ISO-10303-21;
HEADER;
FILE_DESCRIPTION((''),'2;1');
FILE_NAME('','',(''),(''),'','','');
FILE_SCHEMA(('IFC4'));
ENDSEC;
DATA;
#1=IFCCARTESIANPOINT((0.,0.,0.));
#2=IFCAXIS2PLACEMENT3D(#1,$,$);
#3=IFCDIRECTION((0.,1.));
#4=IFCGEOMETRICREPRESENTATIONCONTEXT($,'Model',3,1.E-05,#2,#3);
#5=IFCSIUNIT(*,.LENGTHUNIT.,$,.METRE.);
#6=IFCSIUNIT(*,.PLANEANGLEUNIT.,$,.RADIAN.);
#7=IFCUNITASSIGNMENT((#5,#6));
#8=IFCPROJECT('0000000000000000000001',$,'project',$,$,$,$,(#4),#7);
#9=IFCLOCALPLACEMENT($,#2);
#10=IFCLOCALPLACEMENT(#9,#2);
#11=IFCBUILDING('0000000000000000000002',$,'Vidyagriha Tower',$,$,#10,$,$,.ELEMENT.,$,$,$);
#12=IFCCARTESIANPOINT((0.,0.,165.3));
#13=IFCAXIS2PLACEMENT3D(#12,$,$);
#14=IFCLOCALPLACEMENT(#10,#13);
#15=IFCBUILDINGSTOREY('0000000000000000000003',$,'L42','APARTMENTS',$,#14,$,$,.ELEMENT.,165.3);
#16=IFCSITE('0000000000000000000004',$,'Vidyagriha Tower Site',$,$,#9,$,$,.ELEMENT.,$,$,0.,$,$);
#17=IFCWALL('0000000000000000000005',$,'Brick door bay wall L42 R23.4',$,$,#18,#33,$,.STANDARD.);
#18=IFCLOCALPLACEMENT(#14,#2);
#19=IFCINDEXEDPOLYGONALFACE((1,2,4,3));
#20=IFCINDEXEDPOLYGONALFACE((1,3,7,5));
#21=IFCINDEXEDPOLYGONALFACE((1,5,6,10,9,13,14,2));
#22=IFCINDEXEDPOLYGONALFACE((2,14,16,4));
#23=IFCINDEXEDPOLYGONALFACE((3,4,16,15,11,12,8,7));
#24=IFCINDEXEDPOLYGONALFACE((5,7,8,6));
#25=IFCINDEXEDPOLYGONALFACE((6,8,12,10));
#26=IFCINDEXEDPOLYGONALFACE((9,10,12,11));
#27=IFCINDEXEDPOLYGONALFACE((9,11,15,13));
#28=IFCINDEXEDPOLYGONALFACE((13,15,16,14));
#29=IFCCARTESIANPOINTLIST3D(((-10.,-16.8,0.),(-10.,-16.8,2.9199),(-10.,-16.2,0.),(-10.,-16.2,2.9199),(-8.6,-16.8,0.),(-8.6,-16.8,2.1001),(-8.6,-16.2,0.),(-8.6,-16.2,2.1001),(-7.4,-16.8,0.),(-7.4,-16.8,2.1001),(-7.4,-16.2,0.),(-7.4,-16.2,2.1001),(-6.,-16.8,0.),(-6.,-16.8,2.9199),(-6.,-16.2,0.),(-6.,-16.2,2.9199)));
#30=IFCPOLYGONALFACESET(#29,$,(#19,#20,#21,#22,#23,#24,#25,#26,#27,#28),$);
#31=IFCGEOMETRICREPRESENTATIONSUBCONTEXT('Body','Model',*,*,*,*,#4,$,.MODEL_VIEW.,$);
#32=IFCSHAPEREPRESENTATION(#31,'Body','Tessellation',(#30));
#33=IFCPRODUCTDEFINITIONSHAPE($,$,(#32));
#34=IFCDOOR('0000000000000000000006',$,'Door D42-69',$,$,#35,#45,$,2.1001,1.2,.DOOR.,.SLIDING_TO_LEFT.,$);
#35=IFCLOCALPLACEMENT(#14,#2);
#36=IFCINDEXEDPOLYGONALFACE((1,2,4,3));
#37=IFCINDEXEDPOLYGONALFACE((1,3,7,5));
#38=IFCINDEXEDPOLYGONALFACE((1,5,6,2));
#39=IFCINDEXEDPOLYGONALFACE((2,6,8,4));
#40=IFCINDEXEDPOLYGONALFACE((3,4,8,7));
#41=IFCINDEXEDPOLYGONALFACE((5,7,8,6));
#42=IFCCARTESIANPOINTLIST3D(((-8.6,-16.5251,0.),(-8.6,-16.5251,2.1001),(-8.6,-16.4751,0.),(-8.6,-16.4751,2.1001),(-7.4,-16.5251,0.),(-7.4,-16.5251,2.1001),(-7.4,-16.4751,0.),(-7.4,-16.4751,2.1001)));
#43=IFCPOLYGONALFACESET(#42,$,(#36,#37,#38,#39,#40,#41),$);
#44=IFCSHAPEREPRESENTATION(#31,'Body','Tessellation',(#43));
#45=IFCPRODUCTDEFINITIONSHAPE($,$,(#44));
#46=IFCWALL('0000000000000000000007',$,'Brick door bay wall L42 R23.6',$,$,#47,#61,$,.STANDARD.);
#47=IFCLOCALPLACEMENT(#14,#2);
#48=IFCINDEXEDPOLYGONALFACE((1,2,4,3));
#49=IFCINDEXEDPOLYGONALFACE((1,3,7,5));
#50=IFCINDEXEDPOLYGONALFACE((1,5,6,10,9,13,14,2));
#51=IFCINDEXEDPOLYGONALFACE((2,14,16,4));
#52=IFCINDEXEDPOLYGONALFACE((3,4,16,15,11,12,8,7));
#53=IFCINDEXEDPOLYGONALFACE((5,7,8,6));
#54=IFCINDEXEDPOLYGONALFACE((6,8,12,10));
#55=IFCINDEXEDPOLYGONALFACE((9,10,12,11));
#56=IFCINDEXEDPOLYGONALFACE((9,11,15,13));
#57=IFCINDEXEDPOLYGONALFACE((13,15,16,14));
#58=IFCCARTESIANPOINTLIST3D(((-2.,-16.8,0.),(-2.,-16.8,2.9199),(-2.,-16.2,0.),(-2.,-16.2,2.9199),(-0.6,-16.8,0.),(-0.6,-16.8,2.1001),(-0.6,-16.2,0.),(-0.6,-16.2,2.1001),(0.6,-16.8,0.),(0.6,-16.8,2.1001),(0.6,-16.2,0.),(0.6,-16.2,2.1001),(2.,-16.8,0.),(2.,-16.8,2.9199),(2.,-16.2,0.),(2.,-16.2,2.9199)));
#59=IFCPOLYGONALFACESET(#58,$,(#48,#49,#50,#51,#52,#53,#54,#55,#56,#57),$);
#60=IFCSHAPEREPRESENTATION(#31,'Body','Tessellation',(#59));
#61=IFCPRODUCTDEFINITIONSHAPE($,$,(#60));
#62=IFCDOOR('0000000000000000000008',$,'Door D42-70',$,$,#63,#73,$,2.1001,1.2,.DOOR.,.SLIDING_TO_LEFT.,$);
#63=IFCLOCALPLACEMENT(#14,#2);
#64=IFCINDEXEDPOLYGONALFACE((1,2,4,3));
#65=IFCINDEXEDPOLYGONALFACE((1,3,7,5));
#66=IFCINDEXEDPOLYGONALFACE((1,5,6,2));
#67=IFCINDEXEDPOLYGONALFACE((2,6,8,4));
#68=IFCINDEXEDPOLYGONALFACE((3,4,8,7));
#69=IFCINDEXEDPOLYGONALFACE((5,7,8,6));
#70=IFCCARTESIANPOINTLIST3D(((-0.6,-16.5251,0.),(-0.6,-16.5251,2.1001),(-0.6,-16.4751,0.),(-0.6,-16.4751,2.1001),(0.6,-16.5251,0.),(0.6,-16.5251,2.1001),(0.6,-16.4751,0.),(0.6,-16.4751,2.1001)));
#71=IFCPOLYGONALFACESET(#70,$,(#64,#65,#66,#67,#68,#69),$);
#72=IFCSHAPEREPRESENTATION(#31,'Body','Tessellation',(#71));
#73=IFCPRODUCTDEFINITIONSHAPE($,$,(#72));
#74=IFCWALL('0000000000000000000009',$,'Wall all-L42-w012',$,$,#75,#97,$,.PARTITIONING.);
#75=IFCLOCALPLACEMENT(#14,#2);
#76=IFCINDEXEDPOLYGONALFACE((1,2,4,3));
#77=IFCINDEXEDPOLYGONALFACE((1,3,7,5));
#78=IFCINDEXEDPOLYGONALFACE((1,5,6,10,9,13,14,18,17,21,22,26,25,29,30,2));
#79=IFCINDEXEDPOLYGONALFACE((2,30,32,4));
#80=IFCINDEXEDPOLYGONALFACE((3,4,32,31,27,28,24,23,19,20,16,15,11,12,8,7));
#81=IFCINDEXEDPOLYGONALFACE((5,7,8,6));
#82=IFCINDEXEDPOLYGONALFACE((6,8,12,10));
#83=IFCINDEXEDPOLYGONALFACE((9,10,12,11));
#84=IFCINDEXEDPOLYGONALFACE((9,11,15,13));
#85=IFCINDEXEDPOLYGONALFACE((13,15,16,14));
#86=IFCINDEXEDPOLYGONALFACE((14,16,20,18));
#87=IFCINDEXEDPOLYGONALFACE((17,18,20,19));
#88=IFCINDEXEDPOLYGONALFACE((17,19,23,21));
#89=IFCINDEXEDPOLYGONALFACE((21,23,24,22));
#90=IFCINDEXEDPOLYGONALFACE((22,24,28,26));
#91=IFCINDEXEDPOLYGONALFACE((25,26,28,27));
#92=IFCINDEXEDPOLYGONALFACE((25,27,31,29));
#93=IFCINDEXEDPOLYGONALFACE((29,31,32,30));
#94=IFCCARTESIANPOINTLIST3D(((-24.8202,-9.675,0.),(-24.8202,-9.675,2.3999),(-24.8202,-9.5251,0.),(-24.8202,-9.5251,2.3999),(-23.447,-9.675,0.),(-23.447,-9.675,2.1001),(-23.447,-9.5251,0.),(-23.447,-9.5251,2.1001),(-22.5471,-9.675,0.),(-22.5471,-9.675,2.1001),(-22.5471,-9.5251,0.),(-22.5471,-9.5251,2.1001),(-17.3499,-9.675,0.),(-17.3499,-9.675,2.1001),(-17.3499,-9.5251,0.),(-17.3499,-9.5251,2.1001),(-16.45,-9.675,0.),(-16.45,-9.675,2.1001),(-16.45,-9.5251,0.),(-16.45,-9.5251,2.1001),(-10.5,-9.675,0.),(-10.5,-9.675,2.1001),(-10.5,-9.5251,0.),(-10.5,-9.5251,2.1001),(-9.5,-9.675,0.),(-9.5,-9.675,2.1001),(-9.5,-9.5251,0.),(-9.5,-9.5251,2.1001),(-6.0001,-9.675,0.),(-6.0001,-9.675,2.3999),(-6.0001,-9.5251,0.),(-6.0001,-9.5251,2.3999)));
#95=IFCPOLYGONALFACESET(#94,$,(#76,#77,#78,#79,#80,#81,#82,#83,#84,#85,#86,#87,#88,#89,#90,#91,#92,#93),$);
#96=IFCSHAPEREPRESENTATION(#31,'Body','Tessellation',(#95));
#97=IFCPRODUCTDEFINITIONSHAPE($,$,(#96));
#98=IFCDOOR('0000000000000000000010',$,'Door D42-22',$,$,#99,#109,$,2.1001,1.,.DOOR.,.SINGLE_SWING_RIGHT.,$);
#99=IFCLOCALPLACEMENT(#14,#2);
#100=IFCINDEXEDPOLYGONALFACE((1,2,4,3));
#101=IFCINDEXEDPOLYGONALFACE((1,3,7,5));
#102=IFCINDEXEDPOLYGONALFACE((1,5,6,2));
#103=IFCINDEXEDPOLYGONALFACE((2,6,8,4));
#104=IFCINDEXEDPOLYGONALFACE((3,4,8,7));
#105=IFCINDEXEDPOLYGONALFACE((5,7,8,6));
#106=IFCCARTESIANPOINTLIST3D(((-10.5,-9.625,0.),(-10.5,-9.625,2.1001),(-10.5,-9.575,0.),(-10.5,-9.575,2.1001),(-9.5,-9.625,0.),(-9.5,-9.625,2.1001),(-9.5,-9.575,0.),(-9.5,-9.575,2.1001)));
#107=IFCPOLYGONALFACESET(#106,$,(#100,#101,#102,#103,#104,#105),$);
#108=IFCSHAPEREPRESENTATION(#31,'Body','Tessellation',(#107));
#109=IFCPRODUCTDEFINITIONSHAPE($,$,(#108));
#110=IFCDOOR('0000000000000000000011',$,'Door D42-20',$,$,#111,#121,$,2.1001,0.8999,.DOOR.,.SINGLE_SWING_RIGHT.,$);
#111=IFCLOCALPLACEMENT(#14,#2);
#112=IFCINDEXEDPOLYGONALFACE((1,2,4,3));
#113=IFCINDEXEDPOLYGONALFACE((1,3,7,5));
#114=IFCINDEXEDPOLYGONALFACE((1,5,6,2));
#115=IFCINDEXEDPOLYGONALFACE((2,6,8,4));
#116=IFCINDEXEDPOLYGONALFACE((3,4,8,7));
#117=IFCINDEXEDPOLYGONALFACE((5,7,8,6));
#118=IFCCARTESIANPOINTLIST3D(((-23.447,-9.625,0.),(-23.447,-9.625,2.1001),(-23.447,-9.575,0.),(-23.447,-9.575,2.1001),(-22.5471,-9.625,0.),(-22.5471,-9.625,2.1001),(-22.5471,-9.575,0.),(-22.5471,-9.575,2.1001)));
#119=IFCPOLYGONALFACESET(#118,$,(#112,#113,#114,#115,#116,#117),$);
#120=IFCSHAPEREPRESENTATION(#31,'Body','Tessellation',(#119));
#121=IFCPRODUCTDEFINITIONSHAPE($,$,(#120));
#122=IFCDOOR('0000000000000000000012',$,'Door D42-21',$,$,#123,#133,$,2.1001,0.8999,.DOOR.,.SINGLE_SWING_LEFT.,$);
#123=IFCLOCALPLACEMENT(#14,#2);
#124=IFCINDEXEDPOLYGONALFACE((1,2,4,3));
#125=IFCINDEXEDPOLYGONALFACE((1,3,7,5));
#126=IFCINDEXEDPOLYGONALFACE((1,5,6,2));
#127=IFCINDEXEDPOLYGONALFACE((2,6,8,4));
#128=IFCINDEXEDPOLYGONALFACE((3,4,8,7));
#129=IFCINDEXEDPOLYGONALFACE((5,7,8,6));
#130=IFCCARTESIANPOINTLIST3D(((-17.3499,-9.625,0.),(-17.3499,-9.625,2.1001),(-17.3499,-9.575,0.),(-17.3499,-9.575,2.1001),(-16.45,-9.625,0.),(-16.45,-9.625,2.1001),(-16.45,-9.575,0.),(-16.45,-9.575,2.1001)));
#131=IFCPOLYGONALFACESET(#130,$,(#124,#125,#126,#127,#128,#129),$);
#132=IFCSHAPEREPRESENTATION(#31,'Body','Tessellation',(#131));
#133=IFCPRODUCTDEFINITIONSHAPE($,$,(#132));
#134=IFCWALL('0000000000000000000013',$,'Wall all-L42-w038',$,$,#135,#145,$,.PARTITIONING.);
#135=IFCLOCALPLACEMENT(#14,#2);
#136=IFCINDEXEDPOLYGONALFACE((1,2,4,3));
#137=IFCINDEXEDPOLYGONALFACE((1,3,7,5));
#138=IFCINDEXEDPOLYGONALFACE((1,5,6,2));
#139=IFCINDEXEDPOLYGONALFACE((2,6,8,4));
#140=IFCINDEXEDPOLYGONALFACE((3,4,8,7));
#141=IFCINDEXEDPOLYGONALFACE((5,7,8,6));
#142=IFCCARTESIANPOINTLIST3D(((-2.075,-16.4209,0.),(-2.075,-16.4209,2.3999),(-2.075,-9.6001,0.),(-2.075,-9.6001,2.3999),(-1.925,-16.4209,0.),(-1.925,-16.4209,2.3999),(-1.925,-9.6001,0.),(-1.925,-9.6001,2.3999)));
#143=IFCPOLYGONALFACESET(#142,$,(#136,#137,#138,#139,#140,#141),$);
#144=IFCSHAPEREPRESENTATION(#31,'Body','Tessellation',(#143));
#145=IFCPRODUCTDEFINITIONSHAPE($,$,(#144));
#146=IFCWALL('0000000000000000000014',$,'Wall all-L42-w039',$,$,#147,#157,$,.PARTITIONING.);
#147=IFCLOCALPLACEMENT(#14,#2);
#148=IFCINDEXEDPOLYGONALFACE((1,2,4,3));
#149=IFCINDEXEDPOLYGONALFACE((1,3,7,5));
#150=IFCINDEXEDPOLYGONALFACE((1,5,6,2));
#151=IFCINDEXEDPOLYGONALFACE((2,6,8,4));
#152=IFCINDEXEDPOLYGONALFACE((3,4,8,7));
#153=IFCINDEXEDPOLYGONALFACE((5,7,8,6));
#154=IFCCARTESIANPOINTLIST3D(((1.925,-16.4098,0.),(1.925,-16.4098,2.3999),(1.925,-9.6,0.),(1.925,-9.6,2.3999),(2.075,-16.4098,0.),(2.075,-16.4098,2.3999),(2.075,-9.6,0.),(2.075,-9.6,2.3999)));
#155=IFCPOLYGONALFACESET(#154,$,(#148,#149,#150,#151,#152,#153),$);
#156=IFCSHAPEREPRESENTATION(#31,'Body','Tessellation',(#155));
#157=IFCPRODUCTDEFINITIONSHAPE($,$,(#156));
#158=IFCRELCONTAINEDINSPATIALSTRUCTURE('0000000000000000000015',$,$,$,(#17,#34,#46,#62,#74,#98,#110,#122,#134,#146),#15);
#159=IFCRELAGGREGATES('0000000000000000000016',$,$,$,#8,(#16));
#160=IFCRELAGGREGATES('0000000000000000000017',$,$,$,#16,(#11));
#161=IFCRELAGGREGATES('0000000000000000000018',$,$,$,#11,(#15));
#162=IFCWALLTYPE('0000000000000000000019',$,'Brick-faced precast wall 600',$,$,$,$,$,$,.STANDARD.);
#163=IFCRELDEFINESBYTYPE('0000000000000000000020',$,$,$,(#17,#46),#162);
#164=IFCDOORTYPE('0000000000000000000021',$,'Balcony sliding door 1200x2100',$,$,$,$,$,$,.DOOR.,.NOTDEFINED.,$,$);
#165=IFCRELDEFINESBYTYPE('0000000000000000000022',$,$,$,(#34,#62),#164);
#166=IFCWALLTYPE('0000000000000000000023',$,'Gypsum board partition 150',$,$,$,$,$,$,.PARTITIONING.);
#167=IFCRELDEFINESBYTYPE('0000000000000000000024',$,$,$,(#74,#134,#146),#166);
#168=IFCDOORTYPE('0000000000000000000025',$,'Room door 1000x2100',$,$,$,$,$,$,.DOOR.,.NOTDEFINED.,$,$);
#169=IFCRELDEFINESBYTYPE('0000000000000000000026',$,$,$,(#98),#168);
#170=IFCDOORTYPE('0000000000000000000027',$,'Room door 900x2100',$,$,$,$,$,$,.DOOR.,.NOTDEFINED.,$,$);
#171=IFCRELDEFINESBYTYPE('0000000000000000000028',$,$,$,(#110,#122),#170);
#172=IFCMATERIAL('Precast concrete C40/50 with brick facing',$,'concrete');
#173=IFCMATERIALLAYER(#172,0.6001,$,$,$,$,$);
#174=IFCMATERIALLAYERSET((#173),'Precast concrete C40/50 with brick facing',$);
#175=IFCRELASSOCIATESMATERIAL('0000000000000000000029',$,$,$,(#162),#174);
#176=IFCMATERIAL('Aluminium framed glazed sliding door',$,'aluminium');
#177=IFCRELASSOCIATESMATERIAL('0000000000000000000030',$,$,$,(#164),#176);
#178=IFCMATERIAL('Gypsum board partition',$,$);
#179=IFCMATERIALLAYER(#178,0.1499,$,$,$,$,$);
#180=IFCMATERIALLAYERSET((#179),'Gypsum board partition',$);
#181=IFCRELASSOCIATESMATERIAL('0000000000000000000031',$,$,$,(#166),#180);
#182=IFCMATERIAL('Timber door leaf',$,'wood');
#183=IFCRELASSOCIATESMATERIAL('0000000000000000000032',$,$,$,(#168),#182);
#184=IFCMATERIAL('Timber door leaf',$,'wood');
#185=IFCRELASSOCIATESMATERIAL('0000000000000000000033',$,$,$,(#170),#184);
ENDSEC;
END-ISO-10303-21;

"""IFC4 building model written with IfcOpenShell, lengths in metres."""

from ifc_helpers import new_model, si_unit, direction, frame, frame_2d, origin, place, context, subcontext, project, spatial, rectangle, extrude, material, layer, layer_set, type_object, element, fill, save


model = new_model("IFC4")

# Units and contexts
model_context = context("Model", 3, precision=1e-05, world=origin(), true_north=direction((0.0, 1.0)))
body_context = subcontext(model_context, "Body", "Model", "MODEL_VIEW")
ifc_project = project(units=[si_unit("LENGTHUNIT", "METRE"), si_unit("PLANEANGLEUNIT", "RADIAN")], contexts=[model_context])

# Site, building, storey
site_placement = place(None, origin())
site = spatial("IfcSite", under=ifc_project, at=site_placement, Name="Vidyagriha Tower Site", CompositionType="ELEMENT", RefElevation=0.0)
building_placement = place(site_placement, origin())
building = spatial("IfcBuilding", under=site, at=building_placement, Name="Vidyagriha Tower", CompositionType="ELEMENT")
storey_placement = place(building_placement, frame((0.0, 0.0, 165.3)))
storey = spatial("IfcBuildingStorey", under=building, at=storey_placement, Name="L42", Description="APARTMENTS", CompositionType="ELEMENT", Elevation=165.3)

# Walls, openings, doors
ifc_material_1 = material(Name="Precast concrete C40/50 with brick facing", Category="concrete")
ifc_layer_1 = layer(ifc_material_1, 0.6001)
ifc_layer_set_1 = layer_set([ifc_layer_1], Name="Precast concrete C40/50 with brick facing")
wall_type_1 = type_object("IfcWallType", Name="Brick-faced precast wall 600", PredefinedType="STANDARD", material=ifc_layer_set_1)
wall_1_placement = place(storey_placement, frame((-10.0, -16.5, 0.0)))
wall_1 = element("IfcWall", 1, at=wall_1_placement, inside=storey, type_object=wall_type_1, Name="Brick door bay wall L42 R23.4", PredefinedType="STANDARD", context=body_context, shape_type="SweptSolid", body=[
    extrude(rectangle(XDim=4.0, YDim=0.6001, at=frame_2d((2.0, 0.0))), origin(), (0.0, 0.0, 1.0), 2.9199),
])
opening_1_placement = place(wall_1_placement, frame((1.3999, 0.0, 0.0)))
opening_1 = element("IfcOpeningElement", 2, at=opening_1_placement, cuts=wall_1, PredefinedType="OPENING", context=body_context, shape_type="SweptSolid", body=[
    extrude(rectangle(XDim=1.2, YDim=2.1001, at=frame_2d((0.6001, 1.05))), frame((0.0, 0.3101, 0.0), z_axis=(0.0, -1.0, 0.0), x_axis=(1.0, 0.0, 0.0)), (0.0, 0.0, 1.0), 0.6201),
])
ifc_material_2 = material(Name="Aluminium framed glazed sliding door", Category="aluminium")
door_type_1 = type_object("IfcDoorType", Name="Balcony sliding door 1200x2100", OperationType="NOTDEFINED", PredefinedType="DOOR", material=ifc_material_2)
door_1_placement = place(opening_1_placement, origin())
door_1 = element("IfcDoor", 3, at=door_1_placement, inside=storey, type_object=door_type_1, Name="Door D42-69", OperationType="SLIDING_TO_LEFT", OverallHeight=2.1001, OverallWidth=1.2, PredefinedType="DOOR", context=body_context, shape_type="SweptSolid", body=[
    extrude(rectangle(XDim=1.2, YDim=2.1001, at=frame_2d((0.6001, 1.05))), frame((0.0, 0.0249, 0.0), z_axis=(0.0, -1.0, 0.0), x_axis=(1.0, 0.0, 0.0)), (0.0, 0.0, 1.0), 0.05),
])
fill(opening_1, door_1)
wall_2_placement = place(storey_placement, frame((-2.0, -16.5, 0.0)))
wall_2 = element("IfcWall", 4, at=wall_2_placement, inside=storey, type_object=wall_type_1, Name="Brick door bay wall L42 R23.6", PredefinedType="STANDARD", context=body_context, shape_type="SweptSolid", body=[
    extrude(rectangle(XDim=4.0, YDim=0.6001, at=frame_2d((2.0, 0.0))), origin(), (0.0, 0.0, 1.0), 2.9199),
])
opening_2_placement = place(wall_2_placement, frame((1.3999, 0.0, 0.0)))
opening_2 = element("IfcOpeningElement", 5, at=opening_2_placement, cuts=wall_2, PredefinedType="OPENING", context=body_context, shape_type="SweptSolid", body=[
    extrude(rectangle(XDim=1.2, YDim=2.1001, at=frame_2d((0.6001, 1.05))), frame((0.0, 0.3101, 0.0), z_axis=(0.0, -1.0, 0.0), x_axis=(1.0, 0.0, 0.0)), (0.0, 0.0, 1.0), 0.6201),
])
door_2_placement = place(opening_2_placement, origin())
door_2 = element("IfcDoor", 6, at=door_2_placement, inside=storey, type_object=door_type_1, Name="Door D42-70", OperationType="SLIDING_TO_LEFT", OverallHeight=2.1001, OverallWidth=1.2, PredefinedType="DOOR", context=body_context, shape_type="SweptSolid", body=[
    extrude(rectangle(XDim=1.2, YDim=2.1001, at=frame_2d((0.6001, 1.05))), frame((0.0, 0.0249, 0.0), z_axis=(0.0, -1.0, 0.0), x_axis=(1.0, 0.0, 0.0)), (0.0, 0.0, 1.0), 0.05),
])
fill(opening_2, door_2)

# Wall, openings, doors
ifc_material_3 = material(Name="Gypsum board partition")
ifc_layer_2 = layer(ifc_material_3, 0.1499)
ifc_layer_set_2 = layer_set([ifc_layer_2], Name="Gypsum board partition")
wall_type_2 = type_object("IfcWallType", Name="Gypsum board partition 150", PredefinedType="PARTITIONING", material=ifc_layer_set_2)
wall_3_placement = place(storey_placement, frame((-6.0, -9.6001, 0.0), z_axis=(0.0, 0.0, 1.0), x_axis=(-1.0, 0.0, 0.0)))
wall_3 = element("IfcWall", 7, at=wall_3_placement, inside=storey, type_object=wall_type_2, Name="Wall all-L42-w012", PredefinedType="PARTITIONING", context=body_context, shape_type="SweptSolid", body=[
    extrude(rectangle(XDim=18.8201, YDim=0.1499, at=frame_2d((9.4102, 0.0))), origin(), (0.0, 0.0, 1.0), 2.3999),
])
opening_3_placement = place(wall_3_placement, frame((16.5471, 0.0, 0.0)))
opening_3 = element("IfcOpeningElement", 8, at=opening_3_placement, cuts=wall_3, PredefinedType="OPENING", context=body_context, shape_type="SweptSolid", body=[
    extrude(rectangle(XDim=0.8999, YDim=2.1001, at=frame_2d((0.45, 1.05))), frame((0.0, 0.085, 0.0), z_axis=(0.0, -1.0, 0.0), x_axis=(1.0, 0.0, 0.0)), (0.0, 0.0, 1.0), 0.1699),
])
opening_4_placement = place(wall_3_placement, frame((10.45, 0.0, 0.0)))
opening_4 = element("IfcOpeningElement", 9, at=opening_4_placement, cuts=wall_3, PredefinedType="OPENING", context=body_context, shape_type="SweptSolid", body=[
    extrude(rectangle(XDim=0.8999, YDim=2.1001, at=frame_2d((0.45, 1.05))), frame((0.0, 0.085, 0.0), z_axis=(0.0, -1.0, 0.0), x_axis=(1.0, 0.0, 0.0)), (0.0, 0.0, 1.0), 0.1699),
])
opening_5_placement = place(wall_3_placement, frame((3.5, 0.0, 0.0)))
opening_5 = element("IfcOpeningElement", 10, at=opening_5_placement, cuts=wall_3, PredefinedType="OPENING", context=body_context, shape_type="SweptSolid", body=[
    extrude(rectangle(XDim=1.0, YDim=2.1001, at=frame_2d((0.5, 1.05))), frame((0.0, 0.085, 0.0), z_axis=(0.0, -1.0, 0.0), x_axis=(1.0, 0.0, 0.0)), (0.0, 0.0, 1.0), 0.1699),
])
ifc_material_4 = material(Name="Timber door leaf", Category="wood")
door_type_2 = type_object("IfcDoorType", Name="Room door 1000x2100", OperationType="NOTDEFINED", PredefinedType="DOOR", material=ifc_material_4)
door_3_placement = place(opening_5_placement, origin())
door_3 = element("IfcDoor", 11, at=door_3_placement, inside=storey, type_object=door_type_2, Name="Door D42-22", OperationType="SINGLE_SWING_RIGHT", OverallHeight=2.1001, OverallWidth=1.0, PredefinedType="DOOR", context=body_context, shape_type="SweptSolid", body=[
    extrude(rectangle(XDim=1.0, YDim=2.1001, at=frame_2d((0.5, 1.05))), frame((0.0, 0.0249, 0.0), z_axis=(0.0, -1.0, 0.0), x_axis=(1.0, 0.0, 0.0)), (0.0, 0.0, 1.0), 0.05),
])
fill(opening_5, door_3)
ifc_material_5 = material(Name="Timber door leaf", Category="wood")
door_type_3 = type_object("IfcDoorType", Name="Room door 900x2100", OperationType="NOTDEFINED", PredefinedType="DOOR", material=ifc_material_5)
door_4_placement = place(opening_3_placement, origin())
door_4 = element("IfcDoor", 12, at=door_4_placement, inside=storey, type_object=door_type_3, Name="Door D42-20", OperationType="SINGLE_SWING_RIGHT", OverallHeight=2.1001, OverallWidth=0.8999, PredefinedType="DOOR", context=body_context, shape_type="SweptSolid", body=[
    extrude(rectangle(XDim=0.8999, YDim=2.1001, at=frame_2d((0.45, 1.05))), frame((0.0, 0.0249, 0.0), z_axis=(0.0, -1.0, 0.0), x_axis=(1.0, 0.0, 0.0)), (0.0, 0.0, 1.0), 0.05),
])
fill(opening_3, door_4)
door_5_placement = place(opening_4_placement, origin())
door_5 = element("IfcDoor", 13, at=door_5_placement, inside=storey, type_object=door_type_3, Name="Door D42-21", OperationType="SINGLE_SWING_LEFT", OverallHeight=2.1001, OverallWidth=0.8999, PredefinedType="DOOR", context=body_context, shape_type="SweptSolid", body=[
    extrude(rectangle(XDim=0.8999, YDim=2.1001, at=frame_2d((0.45, 1.05))), frame((0.0, 0.0249, 0.0), z_axis=(0.0, -1.0, 0.0), x_axis=(1.0, 0.0, 0.0)), (0.0, 0.0, 1.0), 0.05),
])
fill(opening_4, door_5)

# Walls
wall_4_placement = place(storey_placement, frame((-2.0, -9.6001, 0.0), z_axis=(0.0, 0.0, 1.0), x_axis=(0.0, -1.0, 0.0)))
element("IfcWall", 14, at=wall_4_placement, inside=storey, type_object=wall_type_2, Name="Wall all-L42-w038", PredefinedType="PARTITIONING", context=body_context, shape_type="SweptSolid", body=[
    extrude(rectangle(XDim=6.8208, YDim=0.1499, at=frame_2d((3.4104, 0.0))), origin(), (0.0, 0.0, 1.0), 2.3999),
])
wall_5_placement = place(storey_placement, frame((2.0, -9.6001, 0.0), z_axis=(0.0, 0.0, 1.0), x_axis=(0.0, -1.0, 0.0)))
element("IfcWall", 15, at=wall_5_placement, inside=storey, type_object=wall_type_2, Name="Wall all-L42-w039", PredefinedType="PARTITIONING", context=body_context, shape_type="SweptSolid", body=[
    extrude(rectangle(XDim=6.8098, YDim=0.1499, at=frame_2d((3.4048, 0.0))), origin(), (0.0, 0.0, 1.0), 2.3999),
])

save(model, "model.ifc")
